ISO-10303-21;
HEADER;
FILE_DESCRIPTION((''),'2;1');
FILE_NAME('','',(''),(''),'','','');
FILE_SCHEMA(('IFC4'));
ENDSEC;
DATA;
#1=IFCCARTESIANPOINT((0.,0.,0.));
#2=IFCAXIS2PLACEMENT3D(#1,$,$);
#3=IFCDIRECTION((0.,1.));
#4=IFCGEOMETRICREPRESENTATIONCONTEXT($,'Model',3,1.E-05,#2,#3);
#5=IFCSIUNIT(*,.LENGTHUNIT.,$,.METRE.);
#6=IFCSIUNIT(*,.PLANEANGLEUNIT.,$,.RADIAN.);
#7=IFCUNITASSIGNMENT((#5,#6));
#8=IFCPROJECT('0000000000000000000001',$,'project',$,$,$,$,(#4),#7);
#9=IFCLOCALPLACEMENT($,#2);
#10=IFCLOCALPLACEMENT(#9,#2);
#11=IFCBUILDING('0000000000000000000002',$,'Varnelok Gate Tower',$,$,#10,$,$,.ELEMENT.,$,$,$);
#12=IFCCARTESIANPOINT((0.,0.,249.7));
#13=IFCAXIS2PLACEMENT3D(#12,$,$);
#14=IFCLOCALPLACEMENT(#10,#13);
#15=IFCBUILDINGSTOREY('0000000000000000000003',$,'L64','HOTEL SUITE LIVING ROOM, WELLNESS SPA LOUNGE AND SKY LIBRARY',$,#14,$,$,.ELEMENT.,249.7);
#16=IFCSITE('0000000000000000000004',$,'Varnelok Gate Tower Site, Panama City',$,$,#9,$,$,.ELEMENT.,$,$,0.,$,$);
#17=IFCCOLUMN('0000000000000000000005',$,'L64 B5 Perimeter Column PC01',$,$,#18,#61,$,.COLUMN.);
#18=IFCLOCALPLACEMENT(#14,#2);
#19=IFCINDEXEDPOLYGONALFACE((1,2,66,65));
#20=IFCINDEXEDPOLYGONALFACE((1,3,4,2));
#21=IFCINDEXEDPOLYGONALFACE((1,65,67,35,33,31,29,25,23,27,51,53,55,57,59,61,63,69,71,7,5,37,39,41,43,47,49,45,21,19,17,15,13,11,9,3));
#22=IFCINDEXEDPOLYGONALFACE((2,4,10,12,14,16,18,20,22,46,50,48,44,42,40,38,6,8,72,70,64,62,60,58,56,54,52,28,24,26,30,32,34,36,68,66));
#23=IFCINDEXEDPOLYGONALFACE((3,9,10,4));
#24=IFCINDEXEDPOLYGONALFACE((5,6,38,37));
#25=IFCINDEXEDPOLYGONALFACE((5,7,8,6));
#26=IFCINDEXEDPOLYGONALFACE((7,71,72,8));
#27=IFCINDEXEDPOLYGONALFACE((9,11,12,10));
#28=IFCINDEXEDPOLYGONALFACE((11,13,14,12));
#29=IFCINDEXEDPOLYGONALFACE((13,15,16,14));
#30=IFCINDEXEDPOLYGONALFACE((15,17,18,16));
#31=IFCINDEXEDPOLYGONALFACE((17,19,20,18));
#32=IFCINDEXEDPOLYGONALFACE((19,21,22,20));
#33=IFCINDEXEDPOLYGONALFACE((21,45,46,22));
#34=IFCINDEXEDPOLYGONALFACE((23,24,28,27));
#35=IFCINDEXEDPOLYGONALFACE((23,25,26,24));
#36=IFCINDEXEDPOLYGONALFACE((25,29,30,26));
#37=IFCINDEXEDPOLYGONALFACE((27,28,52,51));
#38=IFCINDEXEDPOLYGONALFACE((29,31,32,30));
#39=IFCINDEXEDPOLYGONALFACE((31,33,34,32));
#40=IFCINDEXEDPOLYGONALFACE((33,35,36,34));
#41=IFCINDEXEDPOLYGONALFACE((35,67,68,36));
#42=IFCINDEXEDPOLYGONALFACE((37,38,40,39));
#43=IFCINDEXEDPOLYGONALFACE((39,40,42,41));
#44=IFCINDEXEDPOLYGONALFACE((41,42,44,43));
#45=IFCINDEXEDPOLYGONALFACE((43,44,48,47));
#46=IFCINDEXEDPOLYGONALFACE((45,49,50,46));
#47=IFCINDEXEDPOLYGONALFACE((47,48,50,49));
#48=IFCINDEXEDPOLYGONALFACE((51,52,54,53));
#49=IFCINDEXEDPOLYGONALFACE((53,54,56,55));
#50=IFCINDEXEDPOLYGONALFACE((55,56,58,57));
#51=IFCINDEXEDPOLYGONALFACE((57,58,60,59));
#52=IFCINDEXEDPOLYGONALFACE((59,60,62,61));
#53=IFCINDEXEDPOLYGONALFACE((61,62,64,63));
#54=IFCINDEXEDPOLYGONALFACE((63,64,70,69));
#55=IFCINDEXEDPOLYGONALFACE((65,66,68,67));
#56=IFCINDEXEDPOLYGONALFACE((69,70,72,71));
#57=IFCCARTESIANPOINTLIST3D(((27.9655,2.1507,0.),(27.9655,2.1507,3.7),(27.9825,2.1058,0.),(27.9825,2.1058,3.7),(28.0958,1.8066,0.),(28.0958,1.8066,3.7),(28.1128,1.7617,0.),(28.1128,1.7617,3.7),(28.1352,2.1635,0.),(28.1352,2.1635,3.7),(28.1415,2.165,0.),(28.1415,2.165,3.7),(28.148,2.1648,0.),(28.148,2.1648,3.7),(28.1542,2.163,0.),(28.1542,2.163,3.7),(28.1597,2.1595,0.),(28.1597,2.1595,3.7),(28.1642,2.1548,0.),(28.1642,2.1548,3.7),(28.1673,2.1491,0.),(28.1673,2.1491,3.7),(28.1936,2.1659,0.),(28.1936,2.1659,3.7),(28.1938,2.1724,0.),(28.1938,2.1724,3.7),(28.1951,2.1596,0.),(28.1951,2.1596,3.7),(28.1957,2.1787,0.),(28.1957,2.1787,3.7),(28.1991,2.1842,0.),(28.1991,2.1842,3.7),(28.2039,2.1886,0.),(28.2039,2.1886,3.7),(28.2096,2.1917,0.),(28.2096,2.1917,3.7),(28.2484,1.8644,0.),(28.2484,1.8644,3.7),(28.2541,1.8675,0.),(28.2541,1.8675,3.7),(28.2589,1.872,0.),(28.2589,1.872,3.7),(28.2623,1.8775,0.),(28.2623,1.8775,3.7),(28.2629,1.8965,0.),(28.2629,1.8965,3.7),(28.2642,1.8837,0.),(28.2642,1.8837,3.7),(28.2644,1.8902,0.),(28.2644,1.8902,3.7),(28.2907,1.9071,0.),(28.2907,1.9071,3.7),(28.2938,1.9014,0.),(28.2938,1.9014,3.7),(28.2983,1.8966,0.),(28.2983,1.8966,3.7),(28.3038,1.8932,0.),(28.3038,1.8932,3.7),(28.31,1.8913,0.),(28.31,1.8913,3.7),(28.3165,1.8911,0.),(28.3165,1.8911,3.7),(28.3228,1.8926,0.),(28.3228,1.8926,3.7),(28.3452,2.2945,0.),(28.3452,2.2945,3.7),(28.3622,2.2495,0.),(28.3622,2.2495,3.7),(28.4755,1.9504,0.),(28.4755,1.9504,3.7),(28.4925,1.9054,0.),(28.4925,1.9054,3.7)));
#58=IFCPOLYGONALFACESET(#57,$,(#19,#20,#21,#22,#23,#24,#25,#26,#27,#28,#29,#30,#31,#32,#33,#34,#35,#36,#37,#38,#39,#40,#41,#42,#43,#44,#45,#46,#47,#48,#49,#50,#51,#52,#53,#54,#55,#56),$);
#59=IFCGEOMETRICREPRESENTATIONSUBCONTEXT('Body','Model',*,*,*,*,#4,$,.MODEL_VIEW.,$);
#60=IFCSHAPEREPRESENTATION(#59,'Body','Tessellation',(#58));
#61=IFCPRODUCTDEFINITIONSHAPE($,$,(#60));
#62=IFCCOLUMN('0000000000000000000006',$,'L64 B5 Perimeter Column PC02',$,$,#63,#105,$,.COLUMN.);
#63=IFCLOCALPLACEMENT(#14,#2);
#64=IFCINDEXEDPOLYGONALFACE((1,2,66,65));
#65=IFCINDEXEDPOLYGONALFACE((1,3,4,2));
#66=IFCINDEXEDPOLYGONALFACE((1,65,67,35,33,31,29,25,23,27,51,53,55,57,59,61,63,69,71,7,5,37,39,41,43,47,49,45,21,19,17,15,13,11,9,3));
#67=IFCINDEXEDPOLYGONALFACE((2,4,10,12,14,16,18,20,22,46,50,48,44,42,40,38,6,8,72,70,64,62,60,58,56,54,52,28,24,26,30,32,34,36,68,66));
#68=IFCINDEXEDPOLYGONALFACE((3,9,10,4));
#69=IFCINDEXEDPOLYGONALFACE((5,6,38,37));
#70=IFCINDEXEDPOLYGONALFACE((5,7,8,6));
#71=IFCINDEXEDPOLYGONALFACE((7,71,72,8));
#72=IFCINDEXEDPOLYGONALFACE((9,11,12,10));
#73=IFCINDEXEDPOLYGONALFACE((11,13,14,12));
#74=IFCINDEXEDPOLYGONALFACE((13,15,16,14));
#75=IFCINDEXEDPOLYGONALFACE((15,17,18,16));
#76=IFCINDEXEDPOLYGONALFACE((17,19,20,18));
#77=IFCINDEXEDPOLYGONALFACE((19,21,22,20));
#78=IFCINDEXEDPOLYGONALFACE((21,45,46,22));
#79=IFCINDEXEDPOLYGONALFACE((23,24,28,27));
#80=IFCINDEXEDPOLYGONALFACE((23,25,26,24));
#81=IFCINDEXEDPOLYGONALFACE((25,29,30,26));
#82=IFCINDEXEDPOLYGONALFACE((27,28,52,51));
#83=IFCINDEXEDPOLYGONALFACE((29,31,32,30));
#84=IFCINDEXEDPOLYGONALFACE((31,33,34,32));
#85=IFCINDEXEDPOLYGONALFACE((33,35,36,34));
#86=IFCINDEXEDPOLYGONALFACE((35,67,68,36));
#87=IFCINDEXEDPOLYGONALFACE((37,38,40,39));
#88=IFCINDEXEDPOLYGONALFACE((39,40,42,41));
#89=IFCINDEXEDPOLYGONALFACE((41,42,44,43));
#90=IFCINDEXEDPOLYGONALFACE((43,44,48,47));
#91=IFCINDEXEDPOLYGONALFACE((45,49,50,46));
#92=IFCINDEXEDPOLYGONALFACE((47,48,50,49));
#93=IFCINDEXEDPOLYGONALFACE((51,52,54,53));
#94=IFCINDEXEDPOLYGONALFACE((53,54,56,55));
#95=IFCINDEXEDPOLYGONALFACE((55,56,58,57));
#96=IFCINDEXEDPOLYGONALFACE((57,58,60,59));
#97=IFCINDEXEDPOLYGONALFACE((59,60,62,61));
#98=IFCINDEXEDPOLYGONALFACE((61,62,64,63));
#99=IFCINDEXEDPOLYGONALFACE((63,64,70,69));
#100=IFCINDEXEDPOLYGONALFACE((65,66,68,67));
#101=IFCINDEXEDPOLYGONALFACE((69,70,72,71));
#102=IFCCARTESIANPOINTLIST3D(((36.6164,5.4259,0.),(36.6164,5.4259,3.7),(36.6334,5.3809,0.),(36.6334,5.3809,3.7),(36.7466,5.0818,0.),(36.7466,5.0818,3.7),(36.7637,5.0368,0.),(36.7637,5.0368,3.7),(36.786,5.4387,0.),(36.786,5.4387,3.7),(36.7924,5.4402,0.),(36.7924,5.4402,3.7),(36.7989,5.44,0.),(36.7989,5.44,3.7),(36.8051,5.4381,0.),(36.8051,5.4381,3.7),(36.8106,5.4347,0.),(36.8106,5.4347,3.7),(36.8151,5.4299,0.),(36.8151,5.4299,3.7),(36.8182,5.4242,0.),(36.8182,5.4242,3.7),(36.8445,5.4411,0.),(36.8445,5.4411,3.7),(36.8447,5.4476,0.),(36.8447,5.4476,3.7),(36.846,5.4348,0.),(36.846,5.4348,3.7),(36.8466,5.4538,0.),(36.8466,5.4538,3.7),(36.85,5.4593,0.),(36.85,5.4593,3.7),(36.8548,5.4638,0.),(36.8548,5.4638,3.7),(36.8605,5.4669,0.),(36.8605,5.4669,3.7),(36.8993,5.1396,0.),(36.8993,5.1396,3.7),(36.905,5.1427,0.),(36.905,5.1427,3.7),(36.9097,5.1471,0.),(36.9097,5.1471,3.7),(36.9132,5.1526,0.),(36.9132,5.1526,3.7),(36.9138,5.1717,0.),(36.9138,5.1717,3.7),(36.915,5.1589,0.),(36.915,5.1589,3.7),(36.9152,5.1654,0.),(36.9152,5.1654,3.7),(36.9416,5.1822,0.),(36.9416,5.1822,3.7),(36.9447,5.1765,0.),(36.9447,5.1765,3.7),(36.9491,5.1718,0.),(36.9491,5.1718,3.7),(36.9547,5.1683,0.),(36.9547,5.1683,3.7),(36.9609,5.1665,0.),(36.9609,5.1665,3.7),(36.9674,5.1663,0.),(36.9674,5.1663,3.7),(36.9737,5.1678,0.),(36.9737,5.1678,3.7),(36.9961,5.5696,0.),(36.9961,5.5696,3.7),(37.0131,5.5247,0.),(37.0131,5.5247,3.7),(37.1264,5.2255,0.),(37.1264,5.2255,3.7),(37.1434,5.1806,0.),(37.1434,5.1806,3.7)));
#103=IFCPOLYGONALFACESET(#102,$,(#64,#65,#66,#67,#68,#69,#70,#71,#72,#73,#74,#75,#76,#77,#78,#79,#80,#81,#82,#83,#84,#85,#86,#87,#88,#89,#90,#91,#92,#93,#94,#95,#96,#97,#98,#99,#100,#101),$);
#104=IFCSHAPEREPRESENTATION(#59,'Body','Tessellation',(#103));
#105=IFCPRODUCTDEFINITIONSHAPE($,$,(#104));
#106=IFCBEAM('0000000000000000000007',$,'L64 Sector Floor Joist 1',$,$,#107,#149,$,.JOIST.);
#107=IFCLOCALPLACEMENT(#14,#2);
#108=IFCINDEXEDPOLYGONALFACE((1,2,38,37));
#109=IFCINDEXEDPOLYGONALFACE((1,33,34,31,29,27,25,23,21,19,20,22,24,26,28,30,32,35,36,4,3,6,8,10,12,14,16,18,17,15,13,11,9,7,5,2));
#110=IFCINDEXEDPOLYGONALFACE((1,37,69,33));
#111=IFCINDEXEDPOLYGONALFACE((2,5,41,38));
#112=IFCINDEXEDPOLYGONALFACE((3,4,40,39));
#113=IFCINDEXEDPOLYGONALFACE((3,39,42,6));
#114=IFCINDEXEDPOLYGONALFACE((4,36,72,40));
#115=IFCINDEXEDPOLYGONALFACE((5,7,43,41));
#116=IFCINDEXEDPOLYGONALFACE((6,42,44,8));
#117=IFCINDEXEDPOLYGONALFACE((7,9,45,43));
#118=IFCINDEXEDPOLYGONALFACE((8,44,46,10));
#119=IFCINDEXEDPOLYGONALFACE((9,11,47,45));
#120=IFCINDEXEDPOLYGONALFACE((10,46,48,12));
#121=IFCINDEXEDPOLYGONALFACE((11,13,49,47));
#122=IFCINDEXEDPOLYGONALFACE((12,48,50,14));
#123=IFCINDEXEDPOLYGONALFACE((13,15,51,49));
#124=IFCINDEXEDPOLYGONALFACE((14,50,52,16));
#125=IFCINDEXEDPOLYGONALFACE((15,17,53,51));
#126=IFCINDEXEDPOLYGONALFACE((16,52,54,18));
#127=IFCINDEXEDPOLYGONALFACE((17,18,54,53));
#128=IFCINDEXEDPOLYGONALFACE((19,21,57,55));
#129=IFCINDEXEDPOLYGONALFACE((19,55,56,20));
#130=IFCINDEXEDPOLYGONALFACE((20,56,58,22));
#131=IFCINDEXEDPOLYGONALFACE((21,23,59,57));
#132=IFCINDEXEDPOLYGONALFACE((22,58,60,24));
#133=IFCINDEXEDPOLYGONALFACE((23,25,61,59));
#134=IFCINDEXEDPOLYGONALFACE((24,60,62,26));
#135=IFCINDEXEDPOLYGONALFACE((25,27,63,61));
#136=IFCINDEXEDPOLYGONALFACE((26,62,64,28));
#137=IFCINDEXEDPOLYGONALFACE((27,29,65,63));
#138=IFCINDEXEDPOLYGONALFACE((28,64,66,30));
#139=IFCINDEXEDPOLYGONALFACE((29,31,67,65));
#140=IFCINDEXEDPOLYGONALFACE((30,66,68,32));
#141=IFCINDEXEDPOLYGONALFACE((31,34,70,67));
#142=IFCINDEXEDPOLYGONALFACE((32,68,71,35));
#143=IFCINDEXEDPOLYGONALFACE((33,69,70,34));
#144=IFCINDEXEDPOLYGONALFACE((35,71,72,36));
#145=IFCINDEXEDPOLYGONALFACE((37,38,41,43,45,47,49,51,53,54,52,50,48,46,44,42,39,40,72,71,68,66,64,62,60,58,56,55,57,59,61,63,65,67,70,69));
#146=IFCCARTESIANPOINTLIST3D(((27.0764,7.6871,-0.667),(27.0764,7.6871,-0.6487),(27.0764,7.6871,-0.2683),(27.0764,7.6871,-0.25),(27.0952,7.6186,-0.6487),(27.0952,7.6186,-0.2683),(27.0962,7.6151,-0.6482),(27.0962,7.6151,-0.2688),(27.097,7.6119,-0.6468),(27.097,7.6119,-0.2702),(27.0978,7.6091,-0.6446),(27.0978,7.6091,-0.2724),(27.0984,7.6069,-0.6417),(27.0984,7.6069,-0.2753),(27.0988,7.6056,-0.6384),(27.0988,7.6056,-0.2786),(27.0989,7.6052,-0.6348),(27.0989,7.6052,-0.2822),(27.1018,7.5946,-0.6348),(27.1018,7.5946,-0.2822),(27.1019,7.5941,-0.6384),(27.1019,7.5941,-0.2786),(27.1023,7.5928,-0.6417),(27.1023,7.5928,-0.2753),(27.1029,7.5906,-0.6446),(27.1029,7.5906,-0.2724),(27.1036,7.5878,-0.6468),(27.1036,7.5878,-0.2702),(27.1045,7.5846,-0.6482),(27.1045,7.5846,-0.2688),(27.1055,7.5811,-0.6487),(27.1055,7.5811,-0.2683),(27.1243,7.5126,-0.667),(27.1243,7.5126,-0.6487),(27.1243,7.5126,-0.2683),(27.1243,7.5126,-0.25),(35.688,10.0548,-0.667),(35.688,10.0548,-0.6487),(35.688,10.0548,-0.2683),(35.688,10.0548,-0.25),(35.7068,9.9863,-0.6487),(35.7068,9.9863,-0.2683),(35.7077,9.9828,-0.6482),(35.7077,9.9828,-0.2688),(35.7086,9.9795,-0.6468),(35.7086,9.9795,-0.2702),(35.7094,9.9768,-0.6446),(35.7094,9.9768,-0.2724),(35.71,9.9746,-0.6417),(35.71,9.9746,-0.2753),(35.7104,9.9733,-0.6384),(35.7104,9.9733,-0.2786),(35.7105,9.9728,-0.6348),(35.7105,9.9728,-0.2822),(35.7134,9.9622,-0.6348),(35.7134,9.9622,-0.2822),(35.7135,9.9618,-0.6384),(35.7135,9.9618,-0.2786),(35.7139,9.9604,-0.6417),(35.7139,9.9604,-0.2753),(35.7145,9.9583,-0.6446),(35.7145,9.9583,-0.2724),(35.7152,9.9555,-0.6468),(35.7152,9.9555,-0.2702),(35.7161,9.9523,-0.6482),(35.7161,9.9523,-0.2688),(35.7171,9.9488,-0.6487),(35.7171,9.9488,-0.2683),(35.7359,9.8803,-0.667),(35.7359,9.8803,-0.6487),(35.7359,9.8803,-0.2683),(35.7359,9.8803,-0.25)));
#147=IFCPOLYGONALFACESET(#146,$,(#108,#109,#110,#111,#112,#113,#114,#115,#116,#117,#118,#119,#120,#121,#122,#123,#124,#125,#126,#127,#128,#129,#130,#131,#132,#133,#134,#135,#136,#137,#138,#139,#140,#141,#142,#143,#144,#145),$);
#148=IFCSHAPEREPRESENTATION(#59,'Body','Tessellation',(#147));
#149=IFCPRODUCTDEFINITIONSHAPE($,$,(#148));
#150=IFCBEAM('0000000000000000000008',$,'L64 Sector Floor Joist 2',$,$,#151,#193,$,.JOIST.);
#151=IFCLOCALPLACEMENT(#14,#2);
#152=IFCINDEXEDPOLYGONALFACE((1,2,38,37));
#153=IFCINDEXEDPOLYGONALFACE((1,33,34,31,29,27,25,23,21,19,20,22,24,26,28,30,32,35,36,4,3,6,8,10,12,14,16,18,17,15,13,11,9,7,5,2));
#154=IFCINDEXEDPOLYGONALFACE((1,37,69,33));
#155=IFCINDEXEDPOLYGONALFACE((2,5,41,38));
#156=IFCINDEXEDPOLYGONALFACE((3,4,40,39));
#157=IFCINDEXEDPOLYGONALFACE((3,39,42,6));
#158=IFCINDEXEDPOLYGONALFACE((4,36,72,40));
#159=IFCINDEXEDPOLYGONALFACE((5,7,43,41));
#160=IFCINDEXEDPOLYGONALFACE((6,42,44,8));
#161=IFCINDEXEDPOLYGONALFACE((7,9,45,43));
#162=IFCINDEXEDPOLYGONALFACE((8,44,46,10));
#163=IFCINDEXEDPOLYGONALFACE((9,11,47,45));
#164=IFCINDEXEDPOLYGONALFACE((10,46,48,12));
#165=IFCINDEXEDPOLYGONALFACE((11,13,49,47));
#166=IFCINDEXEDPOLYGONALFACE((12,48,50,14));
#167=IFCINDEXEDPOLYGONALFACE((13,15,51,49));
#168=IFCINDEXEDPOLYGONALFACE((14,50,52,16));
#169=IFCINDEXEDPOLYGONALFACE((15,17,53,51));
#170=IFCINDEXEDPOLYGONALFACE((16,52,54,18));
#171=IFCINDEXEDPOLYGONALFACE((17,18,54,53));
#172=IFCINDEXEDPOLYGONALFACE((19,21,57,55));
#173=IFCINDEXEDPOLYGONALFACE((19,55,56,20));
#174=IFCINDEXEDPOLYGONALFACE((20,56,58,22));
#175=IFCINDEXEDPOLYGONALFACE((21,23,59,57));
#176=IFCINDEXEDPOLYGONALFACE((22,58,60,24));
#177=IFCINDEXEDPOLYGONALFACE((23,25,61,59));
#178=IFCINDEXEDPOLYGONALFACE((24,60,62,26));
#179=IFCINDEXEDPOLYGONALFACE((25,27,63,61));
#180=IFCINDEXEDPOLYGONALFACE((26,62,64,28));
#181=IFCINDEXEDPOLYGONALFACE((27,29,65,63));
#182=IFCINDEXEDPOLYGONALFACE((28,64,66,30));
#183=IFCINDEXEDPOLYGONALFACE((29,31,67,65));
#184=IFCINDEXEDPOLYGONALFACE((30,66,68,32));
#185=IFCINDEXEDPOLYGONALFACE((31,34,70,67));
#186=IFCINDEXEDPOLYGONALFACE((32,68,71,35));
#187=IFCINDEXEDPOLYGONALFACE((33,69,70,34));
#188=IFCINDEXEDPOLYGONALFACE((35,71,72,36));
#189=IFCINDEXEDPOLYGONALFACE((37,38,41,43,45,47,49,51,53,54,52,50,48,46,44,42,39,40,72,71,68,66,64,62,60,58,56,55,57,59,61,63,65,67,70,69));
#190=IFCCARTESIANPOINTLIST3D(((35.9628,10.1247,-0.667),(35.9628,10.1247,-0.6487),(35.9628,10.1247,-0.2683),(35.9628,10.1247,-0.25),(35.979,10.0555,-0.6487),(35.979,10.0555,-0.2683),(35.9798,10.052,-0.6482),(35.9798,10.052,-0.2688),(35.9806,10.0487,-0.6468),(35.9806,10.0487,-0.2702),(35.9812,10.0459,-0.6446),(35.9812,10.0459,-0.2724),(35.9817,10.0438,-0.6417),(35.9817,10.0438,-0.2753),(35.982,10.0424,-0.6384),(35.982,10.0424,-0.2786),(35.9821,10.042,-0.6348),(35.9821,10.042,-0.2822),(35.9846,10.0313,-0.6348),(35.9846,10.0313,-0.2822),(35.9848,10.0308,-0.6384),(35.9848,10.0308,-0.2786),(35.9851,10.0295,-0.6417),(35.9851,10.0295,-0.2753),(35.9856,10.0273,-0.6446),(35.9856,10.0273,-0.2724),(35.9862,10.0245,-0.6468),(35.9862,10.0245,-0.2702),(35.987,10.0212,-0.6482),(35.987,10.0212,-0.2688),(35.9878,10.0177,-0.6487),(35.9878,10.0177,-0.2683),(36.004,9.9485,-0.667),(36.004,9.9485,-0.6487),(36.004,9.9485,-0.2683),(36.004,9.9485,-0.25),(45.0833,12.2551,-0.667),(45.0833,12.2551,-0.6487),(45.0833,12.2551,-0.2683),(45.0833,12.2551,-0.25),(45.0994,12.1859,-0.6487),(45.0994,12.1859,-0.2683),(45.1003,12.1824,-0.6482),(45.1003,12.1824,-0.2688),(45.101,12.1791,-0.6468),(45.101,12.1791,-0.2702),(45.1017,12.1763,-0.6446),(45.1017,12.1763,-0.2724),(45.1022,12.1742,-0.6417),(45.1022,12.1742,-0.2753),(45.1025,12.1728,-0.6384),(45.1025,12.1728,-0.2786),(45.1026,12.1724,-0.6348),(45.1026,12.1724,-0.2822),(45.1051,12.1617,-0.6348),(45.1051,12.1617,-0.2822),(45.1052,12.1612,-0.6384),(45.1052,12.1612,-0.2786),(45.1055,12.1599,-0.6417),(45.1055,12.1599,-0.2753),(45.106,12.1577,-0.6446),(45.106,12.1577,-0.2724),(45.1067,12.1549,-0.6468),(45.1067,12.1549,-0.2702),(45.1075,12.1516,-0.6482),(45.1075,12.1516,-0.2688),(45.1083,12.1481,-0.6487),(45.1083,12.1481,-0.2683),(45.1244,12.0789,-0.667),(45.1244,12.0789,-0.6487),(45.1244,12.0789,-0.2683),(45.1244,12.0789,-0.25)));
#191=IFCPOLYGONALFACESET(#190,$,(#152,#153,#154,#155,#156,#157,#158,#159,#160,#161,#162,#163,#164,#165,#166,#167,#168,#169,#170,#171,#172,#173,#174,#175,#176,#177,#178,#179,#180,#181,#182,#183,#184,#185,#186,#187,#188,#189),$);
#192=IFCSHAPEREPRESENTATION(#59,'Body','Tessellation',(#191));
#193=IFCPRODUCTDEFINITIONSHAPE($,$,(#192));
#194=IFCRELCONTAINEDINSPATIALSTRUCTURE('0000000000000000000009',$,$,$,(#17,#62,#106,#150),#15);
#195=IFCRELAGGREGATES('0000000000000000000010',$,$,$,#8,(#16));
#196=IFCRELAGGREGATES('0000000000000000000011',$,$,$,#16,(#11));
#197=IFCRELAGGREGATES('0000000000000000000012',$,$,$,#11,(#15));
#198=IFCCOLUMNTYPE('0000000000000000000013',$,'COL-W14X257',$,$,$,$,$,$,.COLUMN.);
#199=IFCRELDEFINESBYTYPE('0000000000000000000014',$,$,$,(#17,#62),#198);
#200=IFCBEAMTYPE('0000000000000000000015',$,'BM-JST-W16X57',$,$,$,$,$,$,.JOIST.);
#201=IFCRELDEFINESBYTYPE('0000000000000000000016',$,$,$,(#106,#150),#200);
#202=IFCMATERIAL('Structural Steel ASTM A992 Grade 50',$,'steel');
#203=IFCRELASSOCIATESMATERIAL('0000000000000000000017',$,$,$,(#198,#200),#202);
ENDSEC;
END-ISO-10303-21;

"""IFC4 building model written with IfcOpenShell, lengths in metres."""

from ifc_helpers import new_model, si_unit, direction, frame, origin, origin_2d, place, context, subcontext, project, spatial, i_section, extrude, material, material_profile, profile_set, type_object, element, save


model = new_model("IFC4")

# Units and contexts
model_context = context("Model", 3, precision=1e-05, world=origin(), true_north=direction((0.0, 1.0)))
body_context = subcontext(model_context, "Body", "Model", "MODEL_VIEW")
ifc_project = project(units=[si_unit("LENGTHUNIT", "METRE"), si_unit("PLANEANGLEUNIT", "RADIAN")], contexts=[model_context])

# Site, building, storey
site_placement = place(None, origin())
site = spatial("IfcSite", under=ifc_project, at=site_placement, Name="Varnelok Gate Tower Site, Panama City", CompositionType="ELEMENT", RefElevation=0.0)
building_placement = place(site_placement, origin())
building = spatial("IfcBuilding", under=site, at=building_placement, Name="Varnelok Gate Tower", CompositionType="ELEMENT")
storey_placement = place(building_placement, frame((0.0, 0.0, 249.7)))
storey = spatial("IfcBuildingStorey", under=building, at=storey_placement, Name="L64", Description="HOTEL SUITE LIVING ROOM, WELLNESS SPA LOUNGE AND SKY LIBRARY", CompositionType="ELEMENT", Elevation=249.7)

# Columns
ifc_material_1 = material(Name="Structural Steel ASTM A992 Grade 50", Category="steel")
ifc_material_profile_1 = material_profile(ifc_material_1, i_section(OverallWidth=0.406, OverallDepth=0.416, WebThickness=0.0298, FlangeThickness=0.0481, FilletRadius=0.0249, at=origin_2d()), Name="W14X257")
ifc_profile_set_1 = profile_set([ifc_material_profile_1], Name="Structural Steel ASTM A992 Grade 50")
column_type = type_object("IfcColumnType", Name="COL-W14X257", PredefinedType="COLUMN", material=ifc_profile_set_1)
for number, where, z_axis, x_axis, name in (
    (1, (28.229, 2.0281, 0.0), (0.0, 0.0, 1.0), (0.935222, 0.354063, 0.0), "L64 B5 Perimeter Column PC01"),
    (2, (36.8799, 5.3032, 0.0), (0.0, 0.0, 1.0), (0.935222, 0.354063, 0.0), "L64 B5 Perimeter Column PC02"),
):
    element("IfcColumn", number, at=place(storey_placement, frame(where, z_axis=z_axis, x_axis=x_axis)), inside=storey, type_object=column_type, Name=name, PredefinedType="COLUMN", context=body_context, shape_type="SweptSolid", body=[
        extrude(i_section(OverallWidth=0.406, OverallDepth=0.416, WebThickness=0.0298, FlangeThickness=0.0481, FilletRadius=0.0249, at=origin_2d()), origin(), (0.0, 0.0, 1.0), 3.7),
    ])

# Beams
ifc_material_profile_2 = material_profile(ifc_material_1, i_section(OverallWidth=0.1809, OverallDepth=0.417, WebThickness=0.011, FlangeThickness=0.0183, FilletRadius=0.0139, at=origin_2d()), Name="W16X57")
ifc_profile_set_2 = profile_set([ifc_material_profile_2], Name="Structural Steel ASTM A992 Grade 50")
beam_type_1 = type_object("IfcBeamType", Name="BM-JST-W16X57", PredefinedType="JOIST", material=ifc_profile_set_2)
beam_1_placement = place(storey_placement, frame((27.1003, 7.5999, -0.4585), z_axis=(0.96422, 0.265104, 0.0), x_axis=(-0.265104, 0.96422, 0.0)))
element("IfcBeam", 3, at=beam_1_placement, inside=storey, type_object=beam_type_1, Name="L64 Sector Floor Joist 1", PredefinedType="JOIST", context=body_context, shape_type="SweptSolid", body=[
    extrude(i_section(OverallWidth=0.1809, OverallDepth=0.417, WebThickness=0.011, FlangeThickness=0.0183, FilletRadius=0.0139, at=origin_2d()), origin(), (0.0, 0.0, 1.0), 8.9312),
])
beam_2_placement = place(storey_placement, frame((35.9834, 10.0366, -0.4585), z_axis=(0.973787, 0.227461, 0.0), x_axis=(-0.227461, 0.973787, 0.0)))
element("IfcBeam", 4, at=beam_2_placement, inside=storey, type_object=beam_type_1, Name="L64 Sector Floor Joist 2", PredefinedType="JOIST", context=body_context, shape_type="SweptSolid", body=[
    extrude(i_section(OverallWidth=0.1809, OverallDepth=0.417, WebThickness=0.011, FlangeThickness=0.0183, FilletRadius=0.0139, at=origin_2d()), origin(), (0.0, 0.0, 1.0), 9.366),
])

save(model, "model.ifc")
